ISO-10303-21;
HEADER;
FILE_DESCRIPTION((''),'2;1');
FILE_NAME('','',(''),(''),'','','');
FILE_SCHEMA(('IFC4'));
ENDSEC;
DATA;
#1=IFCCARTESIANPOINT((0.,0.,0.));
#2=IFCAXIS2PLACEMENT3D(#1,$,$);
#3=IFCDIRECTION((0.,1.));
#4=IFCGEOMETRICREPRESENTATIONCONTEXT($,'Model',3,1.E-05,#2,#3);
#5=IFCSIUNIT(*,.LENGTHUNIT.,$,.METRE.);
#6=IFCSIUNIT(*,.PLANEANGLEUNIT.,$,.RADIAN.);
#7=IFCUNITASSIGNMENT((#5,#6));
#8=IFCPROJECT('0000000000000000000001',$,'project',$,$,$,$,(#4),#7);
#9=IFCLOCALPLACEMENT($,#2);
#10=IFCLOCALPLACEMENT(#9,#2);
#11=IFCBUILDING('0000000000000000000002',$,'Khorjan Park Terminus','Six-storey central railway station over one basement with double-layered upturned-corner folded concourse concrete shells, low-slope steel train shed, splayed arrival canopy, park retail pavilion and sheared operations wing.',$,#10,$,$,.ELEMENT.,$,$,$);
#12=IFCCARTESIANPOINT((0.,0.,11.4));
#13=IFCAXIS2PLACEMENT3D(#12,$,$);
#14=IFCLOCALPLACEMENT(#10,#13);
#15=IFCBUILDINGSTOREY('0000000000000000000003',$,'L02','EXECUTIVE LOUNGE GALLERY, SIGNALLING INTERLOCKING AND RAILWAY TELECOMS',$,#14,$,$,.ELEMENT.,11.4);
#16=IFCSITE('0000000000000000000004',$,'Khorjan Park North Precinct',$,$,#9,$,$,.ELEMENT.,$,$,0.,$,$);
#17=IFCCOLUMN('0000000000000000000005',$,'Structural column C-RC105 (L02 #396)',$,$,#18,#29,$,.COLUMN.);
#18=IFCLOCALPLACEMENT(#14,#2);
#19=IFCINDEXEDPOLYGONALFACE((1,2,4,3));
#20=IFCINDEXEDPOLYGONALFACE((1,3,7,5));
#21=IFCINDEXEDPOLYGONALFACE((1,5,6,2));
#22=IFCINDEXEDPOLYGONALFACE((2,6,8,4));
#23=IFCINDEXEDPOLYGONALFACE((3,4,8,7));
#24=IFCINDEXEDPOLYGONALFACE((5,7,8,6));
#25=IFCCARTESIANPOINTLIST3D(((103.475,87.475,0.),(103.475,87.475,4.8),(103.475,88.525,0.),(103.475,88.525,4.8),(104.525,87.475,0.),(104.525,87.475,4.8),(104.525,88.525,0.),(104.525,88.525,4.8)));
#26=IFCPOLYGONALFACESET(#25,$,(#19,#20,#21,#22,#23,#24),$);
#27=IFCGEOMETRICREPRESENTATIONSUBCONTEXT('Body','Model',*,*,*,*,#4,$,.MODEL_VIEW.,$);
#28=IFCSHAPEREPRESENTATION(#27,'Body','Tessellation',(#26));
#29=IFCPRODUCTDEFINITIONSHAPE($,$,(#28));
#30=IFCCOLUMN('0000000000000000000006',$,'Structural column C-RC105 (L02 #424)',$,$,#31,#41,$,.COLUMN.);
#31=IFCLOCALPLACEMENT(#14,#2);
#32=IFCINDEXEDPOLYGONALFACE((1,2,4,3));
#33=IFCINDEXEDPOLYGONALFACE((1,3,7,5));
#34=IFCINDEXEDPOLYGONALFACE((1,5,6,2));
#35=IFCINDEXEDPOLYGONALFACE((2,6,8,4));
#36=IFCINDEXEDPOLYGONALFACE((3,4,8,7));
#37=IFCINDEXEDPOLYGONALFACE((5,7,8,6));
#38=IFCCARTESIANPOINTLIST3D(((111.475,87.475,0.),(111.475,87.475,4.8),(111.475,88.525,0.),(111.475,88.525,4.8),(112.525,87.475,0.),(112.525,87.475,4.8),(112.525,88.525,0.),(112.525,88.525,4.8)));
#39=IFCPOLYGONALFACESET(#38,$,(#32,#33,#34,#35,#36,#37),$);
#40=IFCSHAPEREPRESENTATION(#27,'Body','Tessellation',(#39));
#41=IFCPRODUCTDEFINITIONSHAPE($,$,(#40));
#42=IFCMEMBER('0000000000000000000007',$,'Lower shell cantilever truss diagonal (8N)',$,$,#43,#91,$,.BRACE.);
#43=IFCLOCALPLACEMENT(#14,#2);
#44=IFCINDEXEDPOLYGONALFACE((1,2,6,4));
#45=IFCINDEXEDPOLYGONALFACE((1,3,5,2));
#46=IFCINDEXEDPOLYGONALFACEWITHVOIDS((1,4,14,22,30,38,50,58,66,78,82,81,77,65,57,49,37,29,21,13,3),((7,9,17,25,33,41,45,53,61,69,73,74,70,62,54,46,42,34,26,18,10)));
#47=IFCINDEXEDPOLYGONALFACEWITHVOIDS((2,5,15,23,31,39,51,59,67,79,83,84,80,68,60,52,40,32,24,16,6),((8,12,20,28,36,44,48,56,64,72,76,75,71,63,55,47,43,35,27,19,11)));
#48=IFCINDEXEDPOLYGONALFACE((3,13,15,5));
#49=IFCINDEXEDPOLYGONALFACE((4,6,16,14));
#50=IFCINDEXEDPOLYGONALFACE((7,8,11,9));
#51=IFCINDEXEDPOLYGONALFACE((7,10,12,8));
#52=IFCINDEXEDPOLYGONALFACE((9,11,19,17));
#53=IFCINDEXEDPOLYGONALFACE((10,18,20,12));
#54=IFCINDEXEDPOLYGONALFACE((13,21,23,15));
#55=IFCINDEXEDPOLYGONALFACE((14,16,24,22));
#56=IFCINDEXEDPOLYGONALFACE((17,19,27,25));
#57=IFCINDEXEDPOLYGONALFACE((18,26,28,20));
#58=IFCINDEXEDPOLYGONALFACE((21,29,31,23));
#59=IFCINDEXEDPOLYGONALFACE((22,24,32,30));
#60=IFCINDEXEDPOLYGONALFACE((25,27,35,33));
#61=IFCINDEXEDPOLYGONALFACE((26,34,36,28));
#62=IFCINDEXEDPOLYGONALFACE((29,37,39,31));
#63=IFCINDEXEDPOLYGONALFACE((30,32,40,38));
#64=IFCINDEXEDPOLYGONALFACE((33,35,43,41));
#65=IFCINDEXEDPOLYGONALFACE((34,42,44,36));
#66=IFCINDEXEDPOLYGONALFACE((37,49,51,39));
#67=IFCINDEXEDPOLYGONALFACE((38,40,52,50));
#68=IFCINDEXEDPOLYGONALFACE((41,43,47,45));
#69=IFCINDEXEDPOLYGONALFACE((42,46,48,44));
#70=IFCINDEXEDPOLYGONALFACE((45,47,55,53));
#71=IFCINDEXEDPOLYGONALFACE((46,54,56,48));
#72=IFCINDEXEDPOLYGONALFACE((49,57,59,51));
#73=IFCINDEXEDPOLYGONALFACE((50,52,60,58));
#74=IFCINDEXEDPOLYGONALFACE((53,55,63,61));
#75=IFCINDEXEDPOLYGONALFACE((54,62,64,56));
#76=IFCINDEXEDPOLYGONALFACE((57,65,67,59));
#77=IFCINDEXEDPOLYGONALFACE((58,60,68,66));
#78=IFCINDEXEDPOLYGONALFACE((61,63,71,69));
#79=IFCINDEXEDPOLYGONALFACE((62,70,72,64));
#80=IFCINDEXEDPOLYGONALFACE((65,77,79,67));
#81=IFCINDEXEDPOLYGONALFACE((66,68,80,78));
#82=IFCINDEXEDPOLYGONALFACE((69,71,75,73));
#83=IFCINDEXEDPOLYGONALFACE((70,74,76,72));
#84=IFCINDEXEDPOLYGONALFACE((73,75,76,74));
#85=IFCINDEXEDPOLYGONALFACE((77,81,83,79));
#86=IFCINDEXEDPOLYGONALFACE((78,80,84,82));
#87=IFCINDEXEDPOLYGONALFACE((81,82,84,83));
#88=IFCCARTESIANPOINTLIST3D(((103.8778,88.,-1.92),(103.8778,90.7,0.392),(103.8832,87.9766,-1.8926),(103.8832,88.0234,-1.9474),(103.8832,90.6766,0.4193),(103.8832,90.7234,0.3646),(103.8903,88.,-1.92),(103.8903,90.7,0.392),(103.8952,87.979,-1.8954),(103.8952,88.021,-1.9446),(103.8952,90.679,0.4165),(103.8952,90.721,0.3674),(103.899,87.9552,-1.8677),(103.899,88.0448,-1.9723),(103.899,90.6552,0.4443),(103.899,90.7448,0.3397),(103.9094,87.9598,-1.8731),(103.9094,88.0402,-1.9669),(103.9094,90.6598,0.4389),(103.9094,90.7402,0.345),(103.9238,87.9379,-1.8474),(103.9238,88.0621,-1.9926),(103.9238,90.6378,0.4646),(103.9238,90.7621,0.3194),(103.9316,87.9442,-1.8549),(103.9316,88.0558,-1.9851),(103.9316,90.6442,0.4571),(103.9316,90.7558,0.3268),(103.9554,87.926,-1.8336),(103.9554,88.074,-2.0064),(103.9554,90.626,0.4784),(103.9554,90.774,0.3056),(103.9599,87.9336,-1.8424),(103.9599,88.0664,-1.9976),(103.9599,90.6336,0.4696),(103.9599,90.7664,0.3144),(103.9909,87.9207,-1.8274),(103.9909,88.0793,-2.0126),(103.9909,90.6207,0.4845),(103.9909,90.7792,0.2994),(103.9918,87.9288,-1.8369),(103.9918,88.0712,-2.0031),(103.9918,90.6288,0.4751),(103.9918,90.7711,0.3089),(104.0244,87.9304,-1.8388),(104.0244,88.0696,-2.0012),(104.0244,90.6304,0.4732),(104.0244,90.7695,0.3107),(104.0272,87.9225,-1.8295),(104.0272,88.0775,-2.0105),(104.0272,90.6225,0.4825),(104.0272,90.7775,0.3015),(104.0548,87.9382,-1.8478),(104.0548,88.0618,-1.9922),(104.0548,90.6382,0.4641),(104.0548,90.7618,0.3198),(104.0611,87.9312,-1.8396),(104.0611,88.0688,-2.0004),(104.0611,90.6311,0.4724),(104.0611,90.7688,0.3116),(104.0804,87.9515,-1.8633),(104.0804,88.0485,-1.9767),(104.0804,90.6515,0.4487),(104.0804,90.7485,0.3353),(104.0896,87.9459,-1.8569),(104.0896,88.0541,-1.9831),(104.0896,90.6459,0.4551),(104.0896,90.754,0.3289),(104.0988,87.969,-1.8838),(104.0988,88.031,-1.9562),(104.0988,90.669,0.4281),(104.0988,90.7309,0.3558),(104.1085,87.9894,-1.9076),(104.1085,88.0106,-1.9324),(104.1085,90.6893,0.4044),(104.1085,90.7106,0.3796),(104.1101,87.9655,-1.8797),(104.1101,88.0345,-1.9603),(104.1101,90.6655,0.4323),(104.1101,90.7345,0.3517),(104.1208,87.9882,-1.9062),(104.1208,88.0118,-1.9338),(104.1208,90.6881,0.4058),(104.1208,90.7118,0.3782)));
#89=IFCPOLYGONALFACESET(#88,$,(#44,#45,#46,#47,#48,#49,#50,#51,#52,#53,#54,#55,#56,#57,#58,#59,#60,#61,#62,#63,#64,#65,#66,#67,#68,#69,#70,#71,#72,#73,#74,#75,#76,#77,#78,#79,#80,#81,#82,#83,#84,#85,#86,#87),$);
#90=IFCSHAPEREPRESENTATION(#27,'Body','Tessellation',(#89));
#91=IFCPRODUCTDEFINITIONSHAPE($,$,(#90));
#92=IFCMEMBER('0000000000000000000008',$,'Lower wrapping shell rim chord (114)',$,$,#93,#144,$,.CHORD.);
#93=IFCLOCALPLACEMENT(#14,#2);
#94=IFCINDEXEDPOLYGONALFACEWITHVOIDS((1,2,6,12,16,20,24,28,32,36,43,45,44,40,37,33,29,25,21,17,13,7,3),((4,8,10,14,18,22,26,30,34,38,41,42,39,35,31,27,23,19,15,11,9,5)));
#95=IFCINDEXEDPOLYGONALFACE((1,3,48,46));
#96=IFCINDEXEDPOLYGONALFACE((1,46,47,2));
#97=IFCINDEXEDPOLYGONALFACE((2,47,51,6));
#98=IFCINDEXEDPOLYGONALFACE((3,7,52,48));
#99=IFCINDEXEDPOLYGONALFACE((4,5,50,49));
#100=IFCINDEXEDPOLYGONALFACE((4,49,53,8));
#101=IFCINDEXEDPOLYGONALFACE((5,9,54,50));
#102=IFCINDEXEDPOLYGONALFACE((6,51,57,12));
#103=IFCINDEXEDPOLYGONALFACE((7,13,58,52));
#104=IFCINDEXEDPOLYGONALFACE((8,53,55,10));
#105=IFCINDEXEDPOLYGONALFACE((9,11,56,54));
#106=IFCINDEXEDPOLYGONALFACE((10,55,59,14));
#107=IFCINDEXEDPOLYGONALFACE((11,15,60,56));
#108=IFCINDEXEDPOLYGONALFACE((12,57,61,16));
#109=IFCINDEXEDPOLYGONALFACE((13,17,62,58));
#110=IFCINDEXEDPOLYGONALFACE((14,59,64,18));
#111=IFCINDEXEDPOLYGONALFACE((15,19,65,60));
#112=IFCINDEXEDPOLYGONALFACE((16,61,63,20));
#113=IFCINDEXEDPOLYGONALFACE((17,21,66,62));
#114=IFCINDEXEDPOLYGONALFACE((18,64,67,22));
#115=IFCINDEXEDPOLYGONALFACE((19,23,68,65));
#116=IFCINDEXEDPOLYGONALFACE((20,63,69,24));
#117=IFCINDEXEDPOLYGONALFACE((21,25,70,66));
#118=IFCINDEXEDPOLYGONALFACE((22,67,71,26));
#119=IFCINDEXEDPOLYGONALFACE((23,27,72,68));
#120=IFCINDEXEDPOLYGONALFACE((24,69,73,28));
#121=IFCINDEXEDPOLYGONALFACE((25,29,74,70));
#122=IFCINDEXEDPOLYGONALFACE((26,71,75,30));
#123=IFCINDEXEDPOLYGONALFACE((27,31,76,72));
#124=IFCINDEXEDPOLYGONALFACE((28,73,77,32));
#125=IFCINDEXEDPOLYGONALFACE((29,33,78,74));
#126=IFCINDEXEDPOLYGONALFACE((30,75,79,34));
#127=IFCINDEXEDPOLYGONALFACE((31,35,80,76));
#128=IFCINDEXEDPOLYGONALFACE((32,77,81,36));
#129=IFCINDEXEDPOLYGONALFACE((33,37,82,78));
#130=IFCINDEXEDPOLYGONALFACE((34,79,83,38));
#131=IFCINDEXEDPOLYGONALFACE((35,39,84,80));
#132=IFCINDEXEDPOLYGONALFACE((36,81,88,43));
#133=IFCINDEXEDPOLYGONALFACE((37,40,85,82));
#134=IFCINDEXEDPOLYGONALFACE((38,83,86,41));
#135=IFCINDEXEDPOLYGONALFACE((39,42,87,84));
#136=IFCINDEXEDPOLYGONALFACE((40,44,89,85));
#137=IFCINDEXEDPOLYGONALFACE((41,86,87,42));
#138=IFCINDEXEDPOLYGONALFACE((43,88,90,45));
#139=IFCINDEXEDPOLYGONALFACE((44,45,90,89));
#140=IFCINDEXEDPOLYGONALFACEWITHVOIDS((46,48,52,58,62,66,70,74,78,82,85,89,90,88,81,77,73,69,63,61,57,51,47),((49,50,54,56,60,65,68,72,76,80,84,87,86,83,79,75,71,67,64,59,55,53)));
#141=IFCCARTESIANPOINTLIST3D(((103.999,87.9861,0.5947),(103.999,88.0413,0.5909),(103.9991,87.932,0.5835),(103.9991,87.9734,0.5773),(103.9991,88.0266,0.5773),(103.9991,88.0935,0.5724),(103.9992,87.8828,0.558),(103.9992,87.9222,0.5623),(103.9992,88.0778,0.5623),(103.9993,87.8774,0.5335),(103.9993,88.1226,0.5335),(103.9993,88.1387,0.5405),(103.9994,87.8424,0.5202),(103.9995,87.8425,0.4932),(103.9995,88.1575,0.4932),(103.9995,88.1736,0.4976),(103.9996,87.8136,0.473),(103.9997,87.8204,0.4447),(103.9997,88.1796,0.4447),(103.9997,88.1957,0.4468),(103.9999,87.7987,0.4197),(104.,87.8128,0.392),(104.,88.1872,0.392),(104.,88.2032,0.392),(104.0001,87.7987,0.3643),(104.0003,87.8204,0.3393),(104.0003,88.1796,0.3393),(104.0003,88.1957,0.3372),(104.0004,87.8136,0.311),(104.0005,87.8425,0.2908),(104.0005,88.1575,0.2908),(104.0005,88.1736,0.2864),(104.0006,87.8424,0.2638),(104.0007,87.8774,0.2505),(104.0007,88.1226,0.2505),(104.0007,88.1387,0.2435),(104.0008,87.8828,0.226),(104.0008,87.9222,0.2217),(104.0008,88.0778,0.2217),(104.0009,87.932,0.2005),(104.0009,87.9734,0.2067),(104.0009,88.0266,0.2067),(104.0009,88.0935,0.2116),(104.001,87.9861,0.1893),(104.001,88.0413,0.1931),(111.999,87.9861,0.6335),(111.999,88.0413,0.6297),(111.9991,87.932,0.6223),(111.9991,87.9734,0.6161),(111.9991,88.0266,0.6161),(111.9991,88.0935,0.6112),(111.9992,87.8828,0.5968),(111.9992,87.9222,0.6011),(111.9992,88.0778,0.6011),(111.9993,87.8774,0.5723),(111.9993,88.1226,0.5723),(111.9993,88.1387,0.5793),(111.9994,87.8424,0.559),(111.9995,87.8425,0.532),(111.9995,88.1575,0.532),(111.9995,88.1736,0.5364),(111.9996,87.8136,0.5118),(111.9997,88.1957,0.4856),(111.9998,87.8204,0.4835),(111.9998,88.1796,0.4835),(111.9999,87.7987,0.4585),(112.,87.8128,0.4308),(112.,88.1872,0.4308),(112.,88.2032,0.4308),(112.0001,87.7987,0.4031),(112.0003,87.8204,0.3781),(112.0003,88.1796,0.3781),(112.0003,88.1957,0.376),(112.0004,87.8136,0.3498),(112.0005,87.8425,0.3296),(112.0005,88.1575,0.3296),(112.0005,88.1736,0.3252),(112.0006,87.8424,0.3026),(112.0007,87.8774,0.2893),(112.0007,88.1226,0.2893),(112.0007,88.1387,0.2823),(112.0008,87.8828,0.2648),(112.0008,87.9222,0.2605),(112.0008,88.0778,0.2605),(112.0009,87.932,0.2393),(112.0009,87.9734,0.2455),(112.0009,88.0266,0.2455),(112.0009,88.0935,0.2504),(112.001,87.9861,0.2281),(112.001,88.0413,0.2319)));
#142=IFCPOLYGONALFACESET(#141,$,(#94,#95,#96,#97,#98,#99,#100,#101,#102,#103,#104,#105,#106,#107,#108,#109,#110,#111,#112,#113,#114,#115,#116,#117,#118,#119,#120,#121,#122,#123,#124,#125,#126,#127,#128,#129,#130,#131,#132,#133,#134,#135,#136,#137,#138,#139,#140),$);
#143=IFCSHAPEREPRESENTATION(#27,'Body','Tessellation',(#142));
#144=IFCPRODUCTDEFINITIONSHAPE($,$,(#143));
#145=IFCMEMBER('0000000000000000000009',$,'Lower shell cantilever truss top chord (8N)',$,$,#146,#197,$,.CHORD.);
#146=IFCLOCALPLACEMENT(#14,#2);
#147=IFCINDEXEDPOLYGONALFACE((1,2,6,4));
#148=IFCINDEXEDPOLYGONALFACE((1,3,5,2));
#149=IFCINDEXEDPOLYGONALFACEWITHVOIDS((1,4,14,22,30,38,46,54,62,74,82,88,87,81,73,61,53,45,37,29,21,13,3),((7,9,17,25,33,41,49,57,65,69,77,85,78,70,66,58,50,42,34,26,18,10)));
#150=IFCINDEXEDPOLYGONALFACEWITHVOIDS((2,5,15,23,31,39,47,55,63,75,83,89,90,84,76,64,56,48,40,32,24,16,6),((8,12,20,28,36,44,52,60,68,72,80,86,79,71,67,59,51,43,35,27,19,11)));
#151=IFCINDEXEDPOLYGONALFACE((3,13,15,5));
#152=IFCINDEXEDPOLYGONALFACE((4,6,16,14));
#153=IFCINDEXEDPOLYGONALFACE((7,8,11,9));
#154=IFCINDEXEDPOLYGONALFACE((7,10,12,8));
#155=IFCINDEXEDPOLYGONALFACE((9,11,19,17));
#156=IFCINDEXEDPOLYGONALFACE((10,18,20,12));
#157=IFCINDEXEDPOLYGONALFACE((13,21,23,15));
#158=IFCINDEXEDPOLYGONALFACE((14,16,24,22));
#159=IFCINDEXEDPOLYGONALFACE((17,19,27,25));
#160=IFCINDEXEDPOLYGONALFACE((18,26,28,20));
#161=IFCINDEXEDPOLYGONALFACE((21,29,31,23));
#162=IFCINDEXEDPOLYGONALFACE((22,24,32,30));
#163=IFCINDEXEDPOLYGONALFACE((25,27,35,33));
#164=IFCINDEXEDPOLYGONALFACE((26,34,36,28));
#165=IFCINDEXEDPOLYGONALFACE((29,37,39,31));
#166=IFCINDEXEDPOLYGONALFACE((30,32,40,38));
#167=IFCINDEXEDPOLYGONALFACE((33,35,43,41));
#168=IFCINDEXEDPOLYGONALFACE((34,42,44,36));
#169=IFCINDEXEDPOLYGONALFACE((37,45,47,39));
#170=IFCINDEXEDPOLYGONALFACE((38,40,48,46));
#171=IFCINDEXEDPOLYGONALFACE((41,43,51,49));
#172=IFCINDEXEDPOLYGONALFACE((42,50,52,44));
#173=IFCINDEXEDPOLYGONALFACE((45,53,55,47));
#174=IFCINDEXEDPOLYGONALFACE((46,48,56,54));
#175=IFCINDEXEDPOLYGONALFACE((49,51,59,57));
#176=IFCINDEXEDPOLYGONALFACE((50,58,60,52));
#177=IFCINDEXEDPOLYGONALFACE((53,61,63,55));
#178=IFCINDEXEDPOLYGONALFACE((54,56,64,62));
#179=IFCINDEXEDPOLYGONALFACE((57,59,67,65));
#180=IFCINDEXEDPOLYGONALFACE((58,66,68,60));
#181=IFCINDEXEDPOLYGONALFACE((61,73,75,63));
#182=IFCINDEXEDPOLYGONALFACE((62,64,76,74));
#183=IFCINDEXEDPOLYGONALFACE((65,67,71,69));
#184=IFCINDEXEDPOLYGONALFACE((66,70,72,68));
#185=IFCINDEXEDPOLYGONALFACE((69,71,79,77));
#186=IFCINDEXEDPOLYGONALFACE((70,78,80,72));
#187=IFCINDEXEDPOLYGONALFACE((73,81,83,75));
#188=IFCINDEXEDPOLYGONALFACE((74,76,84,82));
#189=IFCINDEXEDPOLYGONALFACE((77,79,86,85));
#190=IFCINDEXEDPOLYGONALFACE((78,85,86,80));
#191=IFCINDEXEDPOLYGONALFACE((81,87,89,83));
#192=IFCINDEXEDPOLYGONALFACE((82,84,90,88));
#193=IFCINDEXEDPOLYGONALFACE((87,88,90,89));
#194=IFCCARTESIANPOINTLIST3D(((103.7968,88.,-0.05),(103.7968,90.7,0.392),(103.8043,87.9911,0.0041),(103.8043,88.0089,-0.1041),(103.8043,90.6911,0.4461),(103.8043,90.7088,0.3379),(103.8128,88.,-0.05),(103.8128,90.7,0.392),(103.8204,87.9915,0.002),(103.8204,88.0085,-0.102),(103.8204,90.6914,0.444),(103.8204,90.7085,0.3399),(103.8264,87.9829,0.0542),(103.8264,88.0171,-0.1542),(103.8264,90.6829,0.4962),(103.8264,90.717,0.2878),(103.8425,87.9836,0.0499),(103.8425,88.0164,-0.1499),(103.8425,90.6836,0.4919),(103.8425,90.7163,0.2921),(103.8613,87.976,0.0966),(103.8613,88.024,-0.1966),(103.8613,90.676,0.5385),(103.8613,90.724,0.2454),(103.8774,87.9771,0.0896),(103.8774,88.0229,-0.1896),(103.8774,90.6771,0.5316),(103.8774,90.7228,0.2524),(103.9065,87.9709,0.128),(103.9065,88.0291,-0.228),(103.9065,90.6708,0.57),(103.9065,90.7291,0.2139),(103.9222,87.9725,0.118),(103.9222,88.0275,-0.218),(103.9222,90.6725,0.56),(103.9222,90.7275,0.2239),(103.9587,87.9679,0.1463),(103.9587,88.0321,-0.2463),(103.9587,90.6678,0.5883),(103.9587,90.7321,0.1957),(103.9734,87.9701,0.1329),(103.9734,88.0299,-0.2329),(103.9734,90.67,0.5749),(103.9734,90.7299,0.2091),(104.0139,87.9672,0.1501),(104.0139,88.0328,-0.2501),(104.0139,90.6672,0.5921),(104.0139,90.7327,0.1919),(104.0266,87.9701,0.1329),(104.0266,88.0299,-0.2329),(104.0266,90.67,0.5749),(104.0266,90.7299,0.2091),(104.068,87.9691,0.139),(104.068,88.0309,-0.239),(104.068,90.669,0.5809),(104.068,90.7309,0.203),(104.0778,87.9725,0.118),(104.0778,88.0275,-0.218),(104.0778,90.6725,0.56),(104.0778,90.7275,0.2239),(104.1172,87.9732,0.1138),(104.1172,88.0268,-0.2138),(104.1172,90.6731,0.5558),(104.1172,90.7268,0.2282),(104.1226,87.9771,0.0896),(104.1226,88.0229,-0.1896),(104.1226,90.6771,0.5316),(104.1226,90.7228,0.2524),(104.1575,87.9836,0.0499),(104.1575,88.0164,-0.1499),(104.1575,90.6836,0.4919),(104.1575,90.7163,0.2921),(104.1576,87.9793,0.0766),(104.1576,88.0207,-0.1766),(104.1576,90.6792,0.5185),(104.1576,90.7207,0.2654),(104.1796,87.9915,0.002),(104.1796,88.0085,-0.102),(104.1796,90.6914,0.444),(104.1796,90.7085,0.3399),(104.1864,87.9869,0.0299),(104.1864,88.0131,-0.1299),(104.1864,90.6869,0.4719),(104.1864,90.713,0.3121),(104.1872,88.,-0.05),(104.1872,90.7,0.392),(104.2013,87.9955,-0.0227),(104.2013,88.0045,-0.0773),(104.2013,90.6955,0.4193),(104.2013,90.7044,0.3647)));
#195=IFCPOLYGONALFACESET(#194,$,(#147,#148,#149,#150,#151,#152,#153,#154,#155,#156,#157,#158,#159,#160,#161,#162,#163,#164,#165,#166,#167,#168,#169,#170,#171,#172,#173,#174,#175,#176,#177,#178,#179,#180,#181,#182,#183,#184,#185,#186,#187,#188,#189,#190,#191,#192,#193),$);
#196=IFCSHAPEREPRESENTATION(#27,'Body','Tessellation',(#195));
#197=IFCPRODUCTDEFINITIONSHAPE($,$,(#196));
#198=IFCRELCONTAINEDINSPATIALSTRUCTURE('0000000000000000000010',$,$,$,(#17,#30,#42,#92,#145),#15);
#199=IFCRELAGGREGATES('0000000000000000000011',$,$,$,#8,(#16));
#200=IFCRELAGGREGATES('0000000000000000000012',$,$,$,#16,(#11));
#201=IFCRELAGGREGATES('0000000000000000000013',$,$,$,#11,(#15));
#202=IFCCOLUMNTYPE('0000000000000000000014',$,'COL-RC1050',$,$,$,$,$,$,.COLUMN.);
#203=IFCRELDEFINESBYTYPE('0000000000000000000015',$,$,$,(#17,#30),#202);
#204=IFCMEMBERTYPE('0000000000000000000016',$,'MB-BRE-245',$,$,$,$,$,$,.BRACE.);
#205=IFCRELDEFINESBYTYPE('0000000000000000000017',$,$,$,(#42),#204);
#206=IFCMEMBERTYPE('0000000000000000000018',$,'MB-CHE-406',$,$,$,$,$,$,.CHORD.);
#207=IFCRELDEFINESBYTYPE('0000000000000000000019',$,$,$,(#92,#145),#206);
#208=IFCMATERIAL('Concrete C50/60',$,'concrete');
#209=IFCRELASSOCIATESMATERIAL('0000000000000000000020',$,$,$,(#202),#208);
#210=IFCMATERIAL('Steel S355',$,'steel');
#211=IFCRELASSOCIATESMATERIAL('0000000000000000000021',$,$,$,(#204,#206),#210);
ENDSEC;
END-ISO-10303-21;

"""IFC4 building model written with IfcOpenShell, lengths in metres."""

from ifc_helpers import new_model, si_unit, direction, frame, origin, origin_2d, place, context, subcontext, project, spatial, rectangle, hollow_circle, extrude, material, material_profile, profile_set, type_object, element, save


model = new_model("IFC4")

# Units and contexts
model_context = context("Model", 3, precision=1e-05, world=origin(), true_north=direction((0.0, 1.0)))
body_context = subcontext(model_context, "Body", "Model", "MODEL_VIEW")
ifc_project = project(units=[si_unit("LENGTHUNIT", "METRE"), si_unit("PLANEANGLEUNIT", "RADIAN")], contexts=[model_context])

# Site, building, storey
site_placement = place(None, origin())
site = spatial("IfcSite", under=ifc_project, at=site_placement, Name="Khorjan Park North Precinct", CompositionType="ELEMENT", RefElevation=0.0)
building_placement = place(site_placement, origin())
building = spatial("IfcBuilding", under=site, at=building_placement, Name="Khorjan Park Terminus", Description="Six-storey central railway station over one basement with double-layered upturned-corner folded concourse concrete shells, low-slope steel train shed, splayed arrival canopy, park retail pavilion and sheared operations wing.", CompositionType="ELEMENT")
storey_placement = place(building_placement, frame((0.0, 0.0, 11.4)))
storey = spatial("IfcBuildingStorey", under=building, at=storey_placement, Name="L02", Description="EXECUTIVE LOUNGE GALLERY, SIGNALLING INTERLOCKING AND RAILWAY TELECOMS", CompositionType="ELEMENT", Elevation=11.4)

# Columns
ifc_material_1 = material(Name="Concrete C50/60", Category="concrete")
ifc_material_profile_1 = material_profile(ifc_material_1, rectangle(XDim=1.05, YDim=1.05, at=origin_2d()), Name="RC 1050x1050")
ifc_profile_set_1 = profile_set([ifc_material_profile_1], Name="Concrete C50/60")
column_type = type_object("IfcColumnType", Name="COL-RC1050", PredefinedType="COLUMN", material=ifc_profile_set_1)
for number, where, z_axis, x_axis, name in (
    (1, (104.0, 88.0, 0.0), (0.0, 0.0, 1.0), (1.0, 0.0, 0.0), "Structural column C-RC105 (L02 #396)"),
    (2, (112.0, 88.0, 0.0), (0.0, 0.0, 1.0), (1.0, 0.0, 0.0), "Structural column C-RC105 (L02 #424)"),
):
    element("IfcColumn", number, at=place(storey_placement, frame(where, z_axis=z_axis, x_axis=x_axis)), inside=storey, type_object=column_type, Name=name, PredefinedType="COLUMN", context=body_context, shape_type="SweptSolid", body=[
        extrude(rectangle(XDim=1.05, YDim=1.05, at=origin_2d()), origin(), (0.0, 0.0, 1.0), 4.8),
    ])

# Members
ifc_material_2 = material(Name="Steel S355", Category="steel")
ifc_material_profile_2 = material_profile(ifc_material_2, hollow_circle(Radius=0.1222, WallThickness=0.0125, at=origin_2d()), Name="CHS 244.5x12.5")
ifc_profile_set_2 = profile_set([ifc_material_profile_2], Name="Steel S355")
member_type_1 = type_object("IfcMemberType", Name="MB-BRE-245", PredefinedType="BRACE", material=ifc_profile_set_2)
member_1_placement = place(storey_placement, frame((104.0, 88.0, -1.92), z_axis=(0.0, 0.759574, 0.650421), x_axis=(-1.0, 0.0, 0.0)))
element("IfcMember", 3, at=member_1_placement, inside=storey, type_object=member_type_1, Name="Lower shell cantilever truss diagonal (8N)", PredefinedType="BRACE", context=body_context, shape_type="SweptSolid", body=[
    extrude(hollow_circle(Radius=0.1222, WallThickness=0.0125, at=origin_2d()), origin(), (0.0, 0.0, 1.0), 3.5546),
])
ifc_material_profile_3 = material_profile(ifc_material_2, hollow_circle(Radius=0.2032, WallThickness=0.016, at=origin_2d()), Name="CHS 406.4x16")
ifc_profile_set_3 = profile_set([ifc_material_profile_3], Name="Steel S355")
member_type_2 = type_object("IfcMemberType", Name="MB-CHE-406", PredefinedType="CHORD", material=ifc_profile_set_3)
member_2_placement = place(storey_placement, frame((104.0, 88.0, 0.392), z_axis=(0.999988, 0.0, 0.00485), x_axis=(0.0, 1.0, 0.0)))
element("IfcMember", 4, at=member_2_placement, inside=storey, type_object=member_type_2, Name="Lower wrapping shell rim chord (114)", PredefinedType="CHORD", context=body_context, shape_type="SweptSolid", body=[
    extrude(hollow_circle(Radius=0.2032, WallThickness=0.016, at=origin_2d()), origin(), (0.0, 0.0, 1.0), 8.0001),
])
member_3_placement = place(storey_placement, frame((104.0, 88.0, -0.05), z_axis=(0.0, 0.986864, 0.161553), x_axis=(-1.0, 0.0, 0.0)))
element("IfcMember", 5, at=member_3_placement, inside=storey, type_object=member_type_2, Name="Lower shell cantilever truss top chord (8N)", PredefinedType="CHORD", context=body_context, shape_type="SweptSolid", body=[
    extrude(hollow_circle(Radius=0.2032, WallThickness=0.016, at=origin_2d()), origin(), (0.0, 0.0, 1.0), 2.7359),
])

save(model, "model.ifc")
